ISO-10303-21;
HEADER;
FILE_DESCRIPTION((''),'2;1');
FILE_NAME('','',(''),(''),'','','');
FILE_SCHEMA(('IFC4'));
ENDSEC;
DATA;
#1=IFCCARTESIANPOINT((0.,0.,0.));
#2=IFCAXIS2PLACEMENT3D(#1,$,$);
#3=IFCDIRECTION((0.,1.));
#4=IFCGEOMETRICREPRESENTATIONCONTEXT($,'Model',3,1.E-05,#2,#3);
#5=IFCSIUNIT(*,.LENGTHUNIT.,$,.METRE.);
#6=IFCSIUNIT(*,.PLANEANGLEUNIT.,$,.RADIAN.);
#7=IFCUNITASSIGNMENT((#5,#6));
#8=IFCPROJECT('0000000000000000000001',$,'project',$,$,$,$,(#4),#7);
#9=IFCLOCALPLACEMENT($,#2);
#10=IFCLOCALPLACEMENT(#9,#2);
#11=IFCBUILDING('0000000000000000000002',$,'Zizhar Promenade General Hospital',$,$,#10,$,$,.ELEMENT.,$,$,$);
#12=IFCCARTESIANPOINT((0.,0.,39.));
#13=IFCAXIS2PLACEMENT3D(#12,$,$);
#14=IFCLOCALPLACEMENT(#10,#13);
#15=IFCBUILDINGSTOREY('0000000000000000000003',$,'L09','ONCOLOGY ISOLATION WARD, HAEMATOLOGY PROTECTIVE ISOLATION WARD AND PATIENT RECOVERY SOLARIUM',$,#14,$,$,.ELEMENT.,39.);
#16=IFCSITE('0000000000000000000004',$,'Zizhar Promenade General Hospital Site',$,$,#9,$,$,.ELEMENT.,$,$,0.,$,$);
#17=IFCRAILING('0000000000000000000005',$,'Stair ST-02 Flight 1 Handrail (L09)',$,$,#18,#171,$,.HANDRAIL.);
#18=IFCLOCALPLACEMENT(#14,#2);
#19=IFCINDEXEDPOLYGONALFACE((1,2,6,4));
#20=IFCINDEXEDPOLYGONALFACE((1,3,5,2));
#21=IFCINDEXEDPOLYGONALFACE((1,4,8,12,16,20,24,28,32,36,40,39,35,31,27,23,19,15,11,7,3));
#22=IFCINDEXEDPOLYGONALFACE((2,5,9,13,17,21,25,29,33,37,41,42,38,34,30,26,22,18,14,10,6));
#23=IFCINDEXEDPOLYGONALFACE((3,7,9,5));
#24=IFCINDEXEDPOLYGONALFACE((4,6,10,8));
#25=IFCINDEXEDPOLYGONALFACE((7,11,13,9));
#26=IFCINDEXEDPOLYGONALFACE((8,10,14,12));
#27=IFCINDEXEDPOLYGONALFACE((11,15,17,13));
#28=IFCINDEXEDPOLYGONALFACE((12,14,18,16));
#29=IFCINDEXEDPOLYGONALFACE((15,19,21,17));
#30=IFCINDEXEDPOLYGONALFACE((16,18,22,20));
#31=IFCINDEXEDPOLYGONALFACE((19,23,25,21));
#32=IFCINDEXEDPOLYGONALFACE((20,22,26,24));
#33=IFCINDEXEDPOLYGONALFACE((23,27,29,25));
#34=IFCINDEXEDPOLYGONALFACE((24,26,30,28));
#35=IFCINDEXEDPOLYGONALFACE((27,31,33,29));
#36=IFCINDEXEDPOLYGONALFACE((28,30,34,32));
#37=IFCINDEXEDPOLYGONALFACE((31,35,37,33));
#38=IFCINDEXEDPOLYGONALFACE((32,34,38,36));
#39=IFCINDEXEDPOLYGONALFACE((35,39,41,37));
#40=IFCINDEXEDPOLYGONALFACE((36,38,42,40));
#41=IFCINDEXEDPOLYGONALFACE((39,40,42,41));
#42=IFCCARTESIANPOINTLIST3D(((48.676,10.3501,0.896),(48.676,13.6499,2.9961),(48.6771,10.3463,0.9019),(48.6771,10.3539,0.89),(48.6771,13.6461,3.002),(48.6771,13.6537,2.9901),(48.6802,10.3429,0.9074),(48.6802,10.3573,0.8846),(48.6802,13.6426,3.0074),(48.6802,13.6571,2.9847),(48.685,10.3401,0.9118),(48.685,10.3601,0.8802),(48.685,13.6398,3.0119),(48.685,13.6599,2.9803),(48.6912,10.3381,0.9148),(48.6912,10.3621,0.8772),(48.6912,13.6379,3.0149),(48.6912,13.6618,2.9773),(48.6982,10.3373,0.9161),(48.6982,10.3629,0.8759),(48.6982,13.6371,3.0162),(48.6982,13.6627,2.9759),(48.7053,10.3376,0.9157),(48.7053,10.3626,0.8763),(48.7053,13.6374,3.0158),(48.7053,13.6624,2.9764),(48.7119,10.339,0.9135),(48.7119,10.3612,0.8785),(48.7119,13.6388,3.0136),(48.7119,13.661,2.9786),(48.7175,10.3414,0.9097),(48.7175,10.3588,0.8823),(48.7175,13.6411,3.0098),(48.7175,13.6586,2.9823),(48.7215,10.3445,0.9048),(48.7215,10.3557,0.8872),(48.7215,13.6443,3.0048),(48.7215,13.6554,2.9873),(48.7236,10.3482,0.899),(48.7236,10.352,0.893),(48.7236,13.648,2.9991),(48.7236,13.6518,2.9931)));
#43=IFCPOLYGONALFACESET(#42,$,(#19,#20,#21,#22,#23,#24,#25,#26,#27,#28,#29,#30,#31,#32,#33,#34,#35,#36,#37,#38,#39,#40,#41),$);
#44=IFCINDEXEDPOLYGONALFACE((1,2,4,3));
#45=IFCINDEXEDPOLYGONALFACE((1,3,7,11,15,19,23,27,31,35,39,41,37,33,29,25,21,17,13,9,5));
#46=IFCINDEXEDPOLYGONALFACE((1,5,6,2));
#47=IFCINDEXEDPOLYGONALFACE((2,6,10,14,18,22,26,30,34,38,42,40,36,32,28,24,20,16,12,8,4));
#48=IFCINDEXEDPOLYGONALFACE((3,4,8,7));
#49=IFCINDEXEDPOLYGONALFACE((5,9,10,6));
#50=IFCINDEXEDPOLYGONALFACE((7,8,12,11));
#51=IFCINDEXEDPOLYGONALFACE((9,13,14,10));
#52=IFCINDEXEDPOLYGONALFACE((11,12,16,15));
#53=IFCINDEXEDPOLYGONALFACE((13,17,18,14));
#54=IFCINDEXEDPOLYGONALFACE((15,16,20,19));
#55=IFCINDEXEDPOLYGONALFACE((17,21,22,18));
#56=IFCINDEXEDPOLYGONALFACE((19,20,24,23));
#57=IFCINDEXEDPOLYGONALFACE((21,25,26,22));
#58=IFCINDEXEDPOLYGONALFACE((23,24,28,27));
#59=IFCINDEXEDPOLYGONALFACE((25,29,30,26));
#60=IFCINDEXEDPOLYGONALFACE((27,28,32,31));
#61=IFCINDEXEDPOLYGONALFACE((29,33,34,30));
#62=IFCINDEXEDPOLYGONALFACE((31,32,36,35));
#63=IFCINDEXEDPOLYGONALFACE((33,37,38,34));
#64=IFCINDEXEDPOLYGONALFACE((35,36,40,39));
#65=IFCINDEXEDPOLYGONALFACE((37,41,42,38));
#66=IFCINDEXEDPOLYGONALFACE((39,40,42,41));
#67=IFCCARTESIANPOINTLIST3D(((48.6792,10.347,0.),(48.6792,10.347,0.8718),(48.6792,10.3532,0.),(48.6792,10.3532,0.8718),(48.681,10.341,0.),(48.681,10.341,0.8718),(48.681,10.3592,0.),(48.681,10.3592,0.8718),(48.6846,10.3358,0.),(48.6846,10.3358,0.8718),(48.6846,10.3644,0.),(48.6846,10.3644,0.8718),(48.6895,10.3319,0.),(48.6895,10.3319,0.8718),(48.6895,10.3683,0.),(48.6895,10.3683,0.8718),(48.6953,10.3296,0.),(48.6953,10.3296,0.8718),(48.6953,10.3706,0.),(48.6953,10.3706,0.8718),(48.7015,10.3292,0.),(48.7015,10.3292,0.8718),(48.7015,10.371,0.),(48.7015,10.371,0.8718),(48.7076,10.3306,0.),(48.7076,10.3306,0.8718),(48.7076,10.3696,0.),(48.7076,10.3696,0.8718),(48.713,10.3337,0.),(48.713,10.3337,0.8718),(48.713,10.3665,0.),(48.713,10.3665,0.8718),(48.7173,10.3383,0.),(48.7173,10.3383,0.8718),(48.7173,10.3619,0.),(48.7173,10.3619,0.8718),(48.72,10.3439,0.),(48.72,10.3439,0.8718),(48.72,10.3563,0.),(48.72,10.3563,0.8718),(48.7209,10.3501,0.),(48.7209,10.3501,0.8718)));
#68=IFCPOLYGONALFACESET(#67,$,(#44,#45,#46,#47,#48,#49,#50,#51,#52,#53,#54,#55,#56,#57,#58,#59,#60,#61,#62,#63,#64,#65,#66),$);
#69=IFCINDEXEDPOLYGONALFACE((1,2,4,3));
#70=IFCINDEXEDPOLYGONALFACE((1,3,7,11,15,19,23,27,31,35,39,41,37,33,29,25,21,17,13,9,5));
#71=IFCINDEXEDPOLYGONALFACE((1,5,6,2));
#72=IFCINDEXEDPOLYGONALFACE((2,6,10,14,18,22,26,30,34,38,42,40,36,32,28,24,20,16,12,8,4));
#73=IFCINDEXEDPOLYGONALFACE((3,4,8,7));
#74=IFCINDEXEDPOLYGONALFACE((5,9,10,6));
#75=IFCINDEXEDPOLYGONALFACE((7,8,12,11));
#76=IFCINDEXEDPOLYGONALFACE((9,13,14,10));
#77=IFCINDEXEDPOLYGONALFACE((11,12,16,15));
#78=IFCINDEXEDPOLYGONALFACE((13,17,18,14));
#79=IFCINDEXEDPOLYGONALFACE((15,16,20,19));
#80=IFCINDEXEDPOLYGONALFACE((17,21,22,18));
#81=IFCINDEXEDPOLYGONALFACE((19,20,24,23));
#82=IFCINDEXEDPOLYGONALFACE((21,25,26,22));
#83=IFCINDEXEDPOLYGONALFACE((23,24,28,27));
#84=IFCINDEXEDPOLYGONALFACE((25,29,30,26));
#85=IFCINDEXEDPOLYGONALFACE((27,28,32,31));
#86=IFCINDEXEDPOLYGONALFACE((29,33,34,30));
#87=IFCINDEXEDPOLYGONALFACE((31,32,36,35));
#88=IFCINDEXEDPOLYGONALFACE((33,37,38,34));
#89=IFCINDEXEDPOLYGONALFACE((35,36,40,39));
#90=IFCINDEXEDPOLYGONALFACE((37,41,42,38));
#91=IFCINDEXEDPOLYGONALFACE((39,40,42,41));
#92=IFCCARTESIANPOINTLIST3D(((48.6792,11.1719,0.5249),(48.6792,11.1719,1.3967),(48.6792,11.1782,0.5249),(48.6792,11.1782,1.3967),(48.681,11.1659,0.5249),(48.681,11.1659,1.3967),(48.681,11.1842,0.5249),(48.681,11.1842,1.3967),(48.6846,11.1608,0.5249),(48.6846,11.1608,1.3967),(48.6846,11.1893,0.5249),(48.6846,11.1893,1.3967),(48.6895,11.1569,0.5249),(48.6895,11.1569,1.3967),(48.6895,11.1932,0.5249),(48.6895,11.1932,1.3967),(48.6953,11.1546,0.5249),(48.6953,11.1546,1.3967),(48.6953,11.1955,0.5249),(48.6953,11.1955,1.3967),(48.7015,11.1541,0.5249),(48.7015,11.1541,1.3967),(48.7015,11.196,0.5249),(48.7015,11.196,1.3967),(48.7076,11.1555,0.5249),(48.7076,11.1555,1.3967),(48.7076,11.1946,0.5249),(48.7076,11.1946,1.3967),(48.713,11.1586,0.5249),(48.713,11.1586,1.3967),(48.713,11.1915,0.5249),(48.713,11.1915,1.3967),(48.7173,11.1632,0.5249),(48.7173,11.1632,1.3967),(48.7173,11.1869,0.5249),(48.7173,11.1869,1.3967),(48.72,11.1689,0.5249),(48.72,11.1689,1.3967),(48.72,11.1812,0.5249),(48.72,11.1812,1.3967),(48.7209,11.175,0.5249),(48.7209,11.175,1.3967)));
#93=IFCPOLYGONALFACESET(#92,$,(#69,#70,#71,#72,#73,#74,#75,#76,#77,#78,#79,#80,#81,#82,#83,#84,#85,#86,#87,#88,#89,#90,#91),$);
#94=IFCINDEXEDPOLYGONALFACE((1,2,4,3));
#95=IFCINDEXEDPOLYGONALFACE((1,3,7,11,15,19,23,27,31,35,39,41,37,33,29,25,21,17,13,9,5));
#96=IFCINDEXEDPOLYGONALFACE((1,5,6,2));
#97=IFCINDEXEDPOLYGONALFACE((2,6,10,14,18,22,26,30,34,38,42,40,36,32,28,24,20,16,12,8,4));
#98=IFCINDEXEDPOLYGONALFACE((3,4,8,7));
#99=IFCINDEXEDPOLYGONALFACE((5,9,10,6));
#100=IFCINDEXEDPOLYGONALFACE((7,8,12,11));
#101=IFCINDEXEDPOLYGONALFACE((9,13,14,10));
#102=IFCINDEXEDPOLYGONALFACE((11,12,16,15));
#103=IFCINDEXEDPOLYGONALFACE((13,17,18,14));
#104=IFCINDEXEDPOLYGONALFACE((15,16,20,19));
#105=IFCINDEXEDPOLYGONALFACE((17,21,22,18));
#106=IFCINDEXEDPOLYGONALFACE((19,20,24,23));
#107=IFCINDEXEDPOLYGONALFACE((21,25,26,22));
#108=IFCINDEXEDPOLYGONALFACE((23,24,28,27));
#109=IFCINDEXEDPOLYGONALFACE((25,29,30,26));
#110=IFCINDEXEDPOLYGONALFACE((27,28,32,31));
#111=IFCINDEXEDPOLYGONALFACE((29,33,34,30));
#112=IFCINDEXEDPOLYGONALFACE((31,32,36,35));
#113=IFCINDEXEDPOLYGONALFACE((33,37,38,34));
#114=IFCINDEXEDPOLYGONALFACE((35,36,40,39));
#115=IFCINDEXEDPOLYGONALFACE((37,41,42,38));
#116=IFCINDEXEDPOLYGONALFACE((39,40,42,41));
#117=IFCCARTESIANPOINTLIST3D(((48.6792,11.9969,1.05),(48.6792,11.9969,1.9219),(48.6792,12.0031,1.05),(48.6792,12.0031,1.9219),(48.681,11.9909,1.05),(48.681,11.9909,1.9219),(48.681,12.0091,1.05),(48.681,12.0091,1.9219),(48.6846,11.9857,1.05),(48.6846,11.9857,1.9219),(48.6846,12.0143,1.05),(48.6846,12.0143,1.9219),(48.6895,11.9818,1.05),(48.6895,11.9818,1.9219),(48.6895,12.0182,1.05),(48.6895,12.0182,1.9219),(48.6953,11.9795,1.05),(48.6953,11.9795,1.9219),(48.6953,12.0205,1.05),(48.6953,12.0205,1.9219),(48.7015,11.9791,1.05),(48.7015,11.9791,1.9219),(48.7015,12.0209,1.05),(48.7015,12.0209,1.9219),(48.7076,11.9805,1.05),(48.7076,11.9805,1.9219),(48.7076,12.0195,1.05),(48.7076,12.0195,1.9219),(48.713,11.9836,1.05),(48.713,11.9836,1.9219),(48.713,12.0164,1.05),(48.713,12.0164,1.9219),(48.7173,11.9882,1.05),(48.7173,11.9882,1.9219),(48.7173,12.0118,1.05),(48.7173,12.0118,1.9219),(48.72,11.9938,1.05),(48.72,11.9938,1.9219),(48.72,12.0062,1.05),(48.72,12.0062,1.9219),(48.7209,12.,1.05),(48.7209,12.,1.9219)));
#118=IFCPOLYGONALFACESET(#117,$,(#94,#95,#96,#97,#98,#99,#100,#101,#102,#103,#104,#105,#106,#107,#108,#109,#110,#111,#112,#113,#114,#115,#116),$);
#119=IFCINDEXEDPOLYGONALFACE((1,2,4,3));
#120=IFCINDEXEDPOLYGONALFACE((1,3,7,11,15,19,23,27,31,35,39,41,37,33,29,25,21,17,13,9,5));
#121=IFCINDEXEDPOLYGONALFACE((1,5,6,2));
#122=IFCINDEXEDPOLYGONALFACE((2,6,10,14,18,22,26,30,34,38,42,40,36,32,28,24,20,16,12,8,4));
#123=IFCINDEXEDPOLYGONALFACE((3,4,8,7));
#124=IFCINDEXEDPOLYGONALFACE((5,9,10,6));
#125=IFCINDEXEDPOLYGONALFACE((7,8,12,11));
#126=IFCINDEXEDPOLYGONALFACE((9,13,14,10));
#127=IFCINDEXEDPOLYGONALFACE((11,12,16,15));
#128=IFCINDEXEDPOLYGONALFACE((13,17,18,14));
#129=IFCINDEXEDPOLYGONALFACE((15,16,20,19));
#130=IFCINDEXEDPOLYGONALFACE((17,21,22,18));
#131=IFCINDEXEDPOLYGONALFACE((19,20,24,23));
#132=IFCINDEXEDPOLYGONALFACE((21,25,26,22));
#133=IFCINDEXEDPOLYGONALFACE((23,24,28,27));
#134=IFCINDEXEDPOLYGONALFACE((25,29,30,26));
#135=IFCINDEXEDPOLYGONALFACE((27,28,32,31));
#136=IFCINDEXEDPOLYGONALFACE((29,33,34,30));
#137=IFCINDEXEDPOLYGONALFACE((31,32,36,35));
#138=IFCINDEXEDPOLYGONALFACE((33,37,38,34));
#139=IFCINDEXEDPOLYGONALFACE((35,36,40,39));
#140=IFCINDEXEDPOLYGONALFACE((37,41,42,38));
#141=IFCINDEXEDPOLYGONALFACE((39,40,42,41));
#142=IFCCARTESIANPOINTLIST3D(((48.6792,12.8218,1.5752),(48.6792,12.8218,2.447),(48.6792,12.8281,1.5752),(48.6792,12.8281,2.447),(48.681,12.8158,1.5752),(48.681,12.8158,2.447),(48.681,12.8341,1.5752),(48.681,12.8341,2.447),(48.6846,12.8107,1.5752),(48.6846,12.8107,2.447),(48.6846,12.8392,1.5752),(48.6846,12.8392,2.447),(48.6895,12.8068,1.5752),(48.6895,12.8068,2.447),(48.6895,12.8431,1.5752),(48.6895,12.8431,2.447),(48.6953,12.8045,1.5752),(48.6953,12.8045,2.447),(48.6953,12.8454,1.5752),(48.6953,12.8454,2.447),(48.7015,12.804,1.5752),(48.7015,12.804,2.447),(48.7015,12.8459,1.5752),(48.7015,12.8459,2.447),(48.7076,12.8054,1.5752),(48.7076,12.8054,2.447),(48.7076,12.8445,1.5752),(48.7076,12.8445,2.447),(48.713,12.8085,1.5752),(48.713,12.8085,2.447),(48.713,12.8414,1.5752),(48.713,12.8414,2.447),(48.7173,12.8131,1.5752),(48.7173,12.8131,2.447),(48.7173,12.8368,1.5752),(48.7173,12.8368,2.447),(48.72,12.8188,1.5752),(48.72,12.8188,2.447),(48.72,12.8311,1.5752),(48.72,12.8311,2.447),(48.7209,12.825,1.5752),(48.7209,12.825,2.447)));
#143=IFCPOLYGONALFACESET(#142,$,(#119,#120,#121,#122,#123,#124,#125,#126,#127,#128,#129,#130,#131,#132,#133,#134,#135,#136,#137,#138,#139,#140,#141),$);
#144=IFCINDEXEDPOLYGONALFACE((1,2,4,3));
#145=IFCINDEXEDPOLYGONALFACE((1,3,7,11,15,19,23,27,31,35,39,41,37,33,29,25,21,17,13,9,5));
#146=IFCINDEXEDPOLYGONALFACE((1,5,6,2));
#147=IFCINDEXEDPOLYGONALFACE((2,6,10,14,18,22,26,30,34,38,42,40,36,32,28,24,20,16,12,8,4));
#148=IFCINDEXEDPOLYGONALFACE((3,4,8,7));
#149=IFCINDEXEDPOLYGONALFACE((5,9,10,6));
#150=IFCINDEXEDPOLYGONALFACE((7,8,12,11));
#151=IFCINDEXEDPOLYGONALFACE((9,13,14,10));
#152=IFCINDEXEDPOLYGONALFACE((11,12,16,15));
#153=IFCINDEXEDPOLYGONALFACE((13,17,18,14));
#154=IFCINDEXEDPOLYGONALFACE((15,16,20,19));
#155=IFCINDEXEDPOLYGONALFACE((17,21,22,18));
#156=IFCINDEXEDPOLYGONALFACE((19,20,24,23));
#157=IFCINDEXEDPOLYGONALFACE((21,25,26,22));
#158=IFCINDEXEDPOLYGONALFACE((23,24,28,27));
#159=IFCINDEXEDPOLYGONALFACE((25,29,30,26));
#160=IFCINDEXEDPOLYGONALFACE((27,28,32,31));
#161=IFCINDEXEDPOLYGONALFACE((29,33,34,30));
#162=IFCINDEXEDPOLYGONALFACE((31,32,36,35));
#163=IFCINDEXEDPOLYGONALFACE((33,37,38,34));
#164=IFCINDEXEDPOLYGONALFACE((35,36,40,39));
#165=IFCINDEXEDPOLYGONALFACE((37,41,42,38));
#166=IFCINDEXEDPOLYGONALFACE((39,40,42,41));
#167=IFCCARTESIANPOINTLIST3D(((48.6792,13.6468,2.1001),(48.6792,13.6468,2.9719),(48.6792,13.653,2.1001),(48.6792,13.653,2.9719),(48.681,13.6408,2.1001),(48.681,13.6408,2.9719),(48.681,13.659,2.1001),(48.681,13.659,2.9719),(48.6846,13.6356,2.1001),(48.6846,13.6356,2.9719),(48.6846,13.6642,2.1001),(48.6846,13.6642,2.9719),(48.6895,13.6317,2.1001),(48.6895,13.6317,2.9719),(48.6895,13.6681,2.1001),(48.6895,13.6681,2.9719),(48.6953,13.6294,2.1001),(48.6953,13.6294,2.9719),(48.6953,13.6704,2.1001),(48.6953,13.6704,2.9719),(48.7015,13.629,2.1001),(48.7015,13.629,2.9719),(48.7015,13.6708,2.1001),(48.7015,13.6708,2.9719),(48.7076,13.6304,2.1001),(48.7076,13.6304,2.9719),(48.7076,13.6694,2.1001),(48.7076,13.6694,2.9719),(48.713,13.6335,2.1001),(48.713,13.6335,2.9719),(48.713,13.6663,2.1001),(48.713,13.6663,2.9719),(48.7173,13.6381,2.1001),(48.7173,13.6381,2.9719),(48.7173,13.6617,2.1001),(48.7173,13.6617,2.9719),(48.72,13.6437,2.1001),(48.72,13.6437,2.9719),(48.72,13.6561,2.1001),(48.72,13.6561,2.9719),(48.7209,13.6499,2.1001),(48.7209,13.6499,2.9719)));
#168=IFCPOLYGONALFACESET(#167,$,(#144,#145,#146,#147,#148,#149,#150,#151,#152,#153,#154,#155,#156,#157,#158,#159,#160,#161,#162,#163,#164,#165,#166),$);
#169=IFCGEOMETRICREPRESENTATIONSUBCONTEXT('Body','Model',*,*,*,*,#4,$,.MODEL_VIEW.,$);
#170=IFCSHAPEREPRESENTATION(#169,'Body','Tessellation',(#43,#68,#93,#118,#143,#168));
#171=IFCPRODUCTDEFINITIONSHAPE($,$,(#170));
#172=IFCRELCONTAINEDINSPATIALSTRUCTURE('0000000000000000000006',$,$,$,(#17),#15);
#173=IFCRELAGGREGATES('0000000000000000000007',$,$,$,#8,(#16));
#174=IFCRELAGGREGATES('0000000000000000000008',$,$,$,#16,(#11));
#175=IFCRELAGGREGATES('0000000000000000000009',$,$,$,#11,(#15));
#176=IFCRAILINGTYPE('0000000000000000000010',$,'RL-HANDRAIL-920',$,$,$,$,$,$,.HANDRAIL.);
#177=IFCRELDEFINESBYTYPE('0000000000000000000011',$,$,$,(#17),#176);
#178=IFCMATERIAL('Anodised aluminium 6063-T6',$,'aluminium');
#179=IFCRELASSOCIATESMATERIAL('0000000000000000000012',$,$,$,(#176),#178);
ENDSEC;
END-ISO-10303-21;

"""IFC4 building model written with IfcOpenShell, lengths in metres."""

from ifc_helpers import new_model, si_unit, direction, frame, origin, origin_2d, place, context, subcontext, project, spatial, circle, hollow_circle, extrude, material, material_profile, profile_set, type_object, element, save


model = new_model("IFC4")

# Units and contexts
model_context = context("Model", 3, precision=1e-05, world=origin(), true_north=direction((0.0, 1.0)))
body_context = subcontext(model_context, "Body", "Model", "MODEL_VIEW")
ifc_project = project(units=[si_unit("LENGTHUNIT", "METRE"), si_unit("PLANEANGLEUNIT", "RADIAN")], contexts=[model_context])

# Site, building, storey
site_placement = place(None, origin())
site = spatial("IfcSite", under=ifc_project, at=site_placement, Name="Zizhar Promenade General Hospital Site", CompositionType="ELEMENT", RefElevation=0.0)
building_placement = place(site_placement, origin())
building = spatial("IfcBuilding", under=site, at=building_placement, Name="Zizhar Promenade General Hospital", CompositionType="ELEMENT")
storey_placement = place(building_placement, frame((0.0, 0.0, 39.0)))
storey = spatial("IfcBuildingStorey", under=building, at=storey_placement, Name="L09", Description="ONCOLOGY ISOLATION WARD, HAEMATOLOGY PROTECTIVE ISOLATION WARD AND PATIENT RECOVERY SOLARIUM", CompositionType="ELEMENT", Elevation=39.0)

# Railing
ifc_material_1 = material(Name="Anodised aluminium 6063-T6", Category="aluminium")
ifc_material_profile_1 = material_profile(ifc_material_1, hollow_circle(Radius=0.0698, WallThickness=0.0063, at=origin_2d()))
ifc_profile_set_1 = profile_set([ifc_material_profile_1], Name="Anodised aluminium 6063-T6")
railing_type_1 = type_object("IfcRailingType", Name="RL-HANDRAIL-920", PredefinedType="HANDRAIL", material=ifc_profile_set_1)
railing_1_placement = place(storey_placement, frame((48.7, 10.3501, 0.0)))
element("IfcRailing", 1, at=railing_1_placement, inside=storey, type_object=railing_type_1, Name="Stair ST-02 Flight 1 Handrail (L09)", PredefinedType="HANDRAIL", context=body_context, shape_type="SweptSolid", body=[
    extrude(circle(Radius=0.0239, at=origin_2d()), frame((0.0, 0.0, 0.896), z_axis=(0.0, 0.843636, 0.536916), x_axis=(-1.0, 0.0, 0.0)), (0.0, 0.0, 1.0), 3.9114),
    extrude(circle(Radius=0.021, at=origin_2d()), origin(), (0.0, 0.0, 1.0), 0.8718),
    extrude(circle(Radius=0.021, at=origin_2d()), frame((0.0, 0.825, 0.5249)), (0.0, 0.0, 1.0), 0.8718),
    extrude(circle(Radius=0.021, at=origin_2d()), frame((0.0, 1.6499, 1.05)), (0.0, 0.0, 1.0), 0.8718),
    extrude(circle(Radius=0.021, at=origin_2d()), frame((0.0, 2.4749, 1.5752)), (0.0, 0.0, 1.0), 0.8718),
    extrude(circle(Radius=0.021, at=origin_2d()), frame((0.0, 3.2998, 2.1001)), (0.0, 0.0, 1.0), 0.8718),
])

save(model, "model.ifc")
